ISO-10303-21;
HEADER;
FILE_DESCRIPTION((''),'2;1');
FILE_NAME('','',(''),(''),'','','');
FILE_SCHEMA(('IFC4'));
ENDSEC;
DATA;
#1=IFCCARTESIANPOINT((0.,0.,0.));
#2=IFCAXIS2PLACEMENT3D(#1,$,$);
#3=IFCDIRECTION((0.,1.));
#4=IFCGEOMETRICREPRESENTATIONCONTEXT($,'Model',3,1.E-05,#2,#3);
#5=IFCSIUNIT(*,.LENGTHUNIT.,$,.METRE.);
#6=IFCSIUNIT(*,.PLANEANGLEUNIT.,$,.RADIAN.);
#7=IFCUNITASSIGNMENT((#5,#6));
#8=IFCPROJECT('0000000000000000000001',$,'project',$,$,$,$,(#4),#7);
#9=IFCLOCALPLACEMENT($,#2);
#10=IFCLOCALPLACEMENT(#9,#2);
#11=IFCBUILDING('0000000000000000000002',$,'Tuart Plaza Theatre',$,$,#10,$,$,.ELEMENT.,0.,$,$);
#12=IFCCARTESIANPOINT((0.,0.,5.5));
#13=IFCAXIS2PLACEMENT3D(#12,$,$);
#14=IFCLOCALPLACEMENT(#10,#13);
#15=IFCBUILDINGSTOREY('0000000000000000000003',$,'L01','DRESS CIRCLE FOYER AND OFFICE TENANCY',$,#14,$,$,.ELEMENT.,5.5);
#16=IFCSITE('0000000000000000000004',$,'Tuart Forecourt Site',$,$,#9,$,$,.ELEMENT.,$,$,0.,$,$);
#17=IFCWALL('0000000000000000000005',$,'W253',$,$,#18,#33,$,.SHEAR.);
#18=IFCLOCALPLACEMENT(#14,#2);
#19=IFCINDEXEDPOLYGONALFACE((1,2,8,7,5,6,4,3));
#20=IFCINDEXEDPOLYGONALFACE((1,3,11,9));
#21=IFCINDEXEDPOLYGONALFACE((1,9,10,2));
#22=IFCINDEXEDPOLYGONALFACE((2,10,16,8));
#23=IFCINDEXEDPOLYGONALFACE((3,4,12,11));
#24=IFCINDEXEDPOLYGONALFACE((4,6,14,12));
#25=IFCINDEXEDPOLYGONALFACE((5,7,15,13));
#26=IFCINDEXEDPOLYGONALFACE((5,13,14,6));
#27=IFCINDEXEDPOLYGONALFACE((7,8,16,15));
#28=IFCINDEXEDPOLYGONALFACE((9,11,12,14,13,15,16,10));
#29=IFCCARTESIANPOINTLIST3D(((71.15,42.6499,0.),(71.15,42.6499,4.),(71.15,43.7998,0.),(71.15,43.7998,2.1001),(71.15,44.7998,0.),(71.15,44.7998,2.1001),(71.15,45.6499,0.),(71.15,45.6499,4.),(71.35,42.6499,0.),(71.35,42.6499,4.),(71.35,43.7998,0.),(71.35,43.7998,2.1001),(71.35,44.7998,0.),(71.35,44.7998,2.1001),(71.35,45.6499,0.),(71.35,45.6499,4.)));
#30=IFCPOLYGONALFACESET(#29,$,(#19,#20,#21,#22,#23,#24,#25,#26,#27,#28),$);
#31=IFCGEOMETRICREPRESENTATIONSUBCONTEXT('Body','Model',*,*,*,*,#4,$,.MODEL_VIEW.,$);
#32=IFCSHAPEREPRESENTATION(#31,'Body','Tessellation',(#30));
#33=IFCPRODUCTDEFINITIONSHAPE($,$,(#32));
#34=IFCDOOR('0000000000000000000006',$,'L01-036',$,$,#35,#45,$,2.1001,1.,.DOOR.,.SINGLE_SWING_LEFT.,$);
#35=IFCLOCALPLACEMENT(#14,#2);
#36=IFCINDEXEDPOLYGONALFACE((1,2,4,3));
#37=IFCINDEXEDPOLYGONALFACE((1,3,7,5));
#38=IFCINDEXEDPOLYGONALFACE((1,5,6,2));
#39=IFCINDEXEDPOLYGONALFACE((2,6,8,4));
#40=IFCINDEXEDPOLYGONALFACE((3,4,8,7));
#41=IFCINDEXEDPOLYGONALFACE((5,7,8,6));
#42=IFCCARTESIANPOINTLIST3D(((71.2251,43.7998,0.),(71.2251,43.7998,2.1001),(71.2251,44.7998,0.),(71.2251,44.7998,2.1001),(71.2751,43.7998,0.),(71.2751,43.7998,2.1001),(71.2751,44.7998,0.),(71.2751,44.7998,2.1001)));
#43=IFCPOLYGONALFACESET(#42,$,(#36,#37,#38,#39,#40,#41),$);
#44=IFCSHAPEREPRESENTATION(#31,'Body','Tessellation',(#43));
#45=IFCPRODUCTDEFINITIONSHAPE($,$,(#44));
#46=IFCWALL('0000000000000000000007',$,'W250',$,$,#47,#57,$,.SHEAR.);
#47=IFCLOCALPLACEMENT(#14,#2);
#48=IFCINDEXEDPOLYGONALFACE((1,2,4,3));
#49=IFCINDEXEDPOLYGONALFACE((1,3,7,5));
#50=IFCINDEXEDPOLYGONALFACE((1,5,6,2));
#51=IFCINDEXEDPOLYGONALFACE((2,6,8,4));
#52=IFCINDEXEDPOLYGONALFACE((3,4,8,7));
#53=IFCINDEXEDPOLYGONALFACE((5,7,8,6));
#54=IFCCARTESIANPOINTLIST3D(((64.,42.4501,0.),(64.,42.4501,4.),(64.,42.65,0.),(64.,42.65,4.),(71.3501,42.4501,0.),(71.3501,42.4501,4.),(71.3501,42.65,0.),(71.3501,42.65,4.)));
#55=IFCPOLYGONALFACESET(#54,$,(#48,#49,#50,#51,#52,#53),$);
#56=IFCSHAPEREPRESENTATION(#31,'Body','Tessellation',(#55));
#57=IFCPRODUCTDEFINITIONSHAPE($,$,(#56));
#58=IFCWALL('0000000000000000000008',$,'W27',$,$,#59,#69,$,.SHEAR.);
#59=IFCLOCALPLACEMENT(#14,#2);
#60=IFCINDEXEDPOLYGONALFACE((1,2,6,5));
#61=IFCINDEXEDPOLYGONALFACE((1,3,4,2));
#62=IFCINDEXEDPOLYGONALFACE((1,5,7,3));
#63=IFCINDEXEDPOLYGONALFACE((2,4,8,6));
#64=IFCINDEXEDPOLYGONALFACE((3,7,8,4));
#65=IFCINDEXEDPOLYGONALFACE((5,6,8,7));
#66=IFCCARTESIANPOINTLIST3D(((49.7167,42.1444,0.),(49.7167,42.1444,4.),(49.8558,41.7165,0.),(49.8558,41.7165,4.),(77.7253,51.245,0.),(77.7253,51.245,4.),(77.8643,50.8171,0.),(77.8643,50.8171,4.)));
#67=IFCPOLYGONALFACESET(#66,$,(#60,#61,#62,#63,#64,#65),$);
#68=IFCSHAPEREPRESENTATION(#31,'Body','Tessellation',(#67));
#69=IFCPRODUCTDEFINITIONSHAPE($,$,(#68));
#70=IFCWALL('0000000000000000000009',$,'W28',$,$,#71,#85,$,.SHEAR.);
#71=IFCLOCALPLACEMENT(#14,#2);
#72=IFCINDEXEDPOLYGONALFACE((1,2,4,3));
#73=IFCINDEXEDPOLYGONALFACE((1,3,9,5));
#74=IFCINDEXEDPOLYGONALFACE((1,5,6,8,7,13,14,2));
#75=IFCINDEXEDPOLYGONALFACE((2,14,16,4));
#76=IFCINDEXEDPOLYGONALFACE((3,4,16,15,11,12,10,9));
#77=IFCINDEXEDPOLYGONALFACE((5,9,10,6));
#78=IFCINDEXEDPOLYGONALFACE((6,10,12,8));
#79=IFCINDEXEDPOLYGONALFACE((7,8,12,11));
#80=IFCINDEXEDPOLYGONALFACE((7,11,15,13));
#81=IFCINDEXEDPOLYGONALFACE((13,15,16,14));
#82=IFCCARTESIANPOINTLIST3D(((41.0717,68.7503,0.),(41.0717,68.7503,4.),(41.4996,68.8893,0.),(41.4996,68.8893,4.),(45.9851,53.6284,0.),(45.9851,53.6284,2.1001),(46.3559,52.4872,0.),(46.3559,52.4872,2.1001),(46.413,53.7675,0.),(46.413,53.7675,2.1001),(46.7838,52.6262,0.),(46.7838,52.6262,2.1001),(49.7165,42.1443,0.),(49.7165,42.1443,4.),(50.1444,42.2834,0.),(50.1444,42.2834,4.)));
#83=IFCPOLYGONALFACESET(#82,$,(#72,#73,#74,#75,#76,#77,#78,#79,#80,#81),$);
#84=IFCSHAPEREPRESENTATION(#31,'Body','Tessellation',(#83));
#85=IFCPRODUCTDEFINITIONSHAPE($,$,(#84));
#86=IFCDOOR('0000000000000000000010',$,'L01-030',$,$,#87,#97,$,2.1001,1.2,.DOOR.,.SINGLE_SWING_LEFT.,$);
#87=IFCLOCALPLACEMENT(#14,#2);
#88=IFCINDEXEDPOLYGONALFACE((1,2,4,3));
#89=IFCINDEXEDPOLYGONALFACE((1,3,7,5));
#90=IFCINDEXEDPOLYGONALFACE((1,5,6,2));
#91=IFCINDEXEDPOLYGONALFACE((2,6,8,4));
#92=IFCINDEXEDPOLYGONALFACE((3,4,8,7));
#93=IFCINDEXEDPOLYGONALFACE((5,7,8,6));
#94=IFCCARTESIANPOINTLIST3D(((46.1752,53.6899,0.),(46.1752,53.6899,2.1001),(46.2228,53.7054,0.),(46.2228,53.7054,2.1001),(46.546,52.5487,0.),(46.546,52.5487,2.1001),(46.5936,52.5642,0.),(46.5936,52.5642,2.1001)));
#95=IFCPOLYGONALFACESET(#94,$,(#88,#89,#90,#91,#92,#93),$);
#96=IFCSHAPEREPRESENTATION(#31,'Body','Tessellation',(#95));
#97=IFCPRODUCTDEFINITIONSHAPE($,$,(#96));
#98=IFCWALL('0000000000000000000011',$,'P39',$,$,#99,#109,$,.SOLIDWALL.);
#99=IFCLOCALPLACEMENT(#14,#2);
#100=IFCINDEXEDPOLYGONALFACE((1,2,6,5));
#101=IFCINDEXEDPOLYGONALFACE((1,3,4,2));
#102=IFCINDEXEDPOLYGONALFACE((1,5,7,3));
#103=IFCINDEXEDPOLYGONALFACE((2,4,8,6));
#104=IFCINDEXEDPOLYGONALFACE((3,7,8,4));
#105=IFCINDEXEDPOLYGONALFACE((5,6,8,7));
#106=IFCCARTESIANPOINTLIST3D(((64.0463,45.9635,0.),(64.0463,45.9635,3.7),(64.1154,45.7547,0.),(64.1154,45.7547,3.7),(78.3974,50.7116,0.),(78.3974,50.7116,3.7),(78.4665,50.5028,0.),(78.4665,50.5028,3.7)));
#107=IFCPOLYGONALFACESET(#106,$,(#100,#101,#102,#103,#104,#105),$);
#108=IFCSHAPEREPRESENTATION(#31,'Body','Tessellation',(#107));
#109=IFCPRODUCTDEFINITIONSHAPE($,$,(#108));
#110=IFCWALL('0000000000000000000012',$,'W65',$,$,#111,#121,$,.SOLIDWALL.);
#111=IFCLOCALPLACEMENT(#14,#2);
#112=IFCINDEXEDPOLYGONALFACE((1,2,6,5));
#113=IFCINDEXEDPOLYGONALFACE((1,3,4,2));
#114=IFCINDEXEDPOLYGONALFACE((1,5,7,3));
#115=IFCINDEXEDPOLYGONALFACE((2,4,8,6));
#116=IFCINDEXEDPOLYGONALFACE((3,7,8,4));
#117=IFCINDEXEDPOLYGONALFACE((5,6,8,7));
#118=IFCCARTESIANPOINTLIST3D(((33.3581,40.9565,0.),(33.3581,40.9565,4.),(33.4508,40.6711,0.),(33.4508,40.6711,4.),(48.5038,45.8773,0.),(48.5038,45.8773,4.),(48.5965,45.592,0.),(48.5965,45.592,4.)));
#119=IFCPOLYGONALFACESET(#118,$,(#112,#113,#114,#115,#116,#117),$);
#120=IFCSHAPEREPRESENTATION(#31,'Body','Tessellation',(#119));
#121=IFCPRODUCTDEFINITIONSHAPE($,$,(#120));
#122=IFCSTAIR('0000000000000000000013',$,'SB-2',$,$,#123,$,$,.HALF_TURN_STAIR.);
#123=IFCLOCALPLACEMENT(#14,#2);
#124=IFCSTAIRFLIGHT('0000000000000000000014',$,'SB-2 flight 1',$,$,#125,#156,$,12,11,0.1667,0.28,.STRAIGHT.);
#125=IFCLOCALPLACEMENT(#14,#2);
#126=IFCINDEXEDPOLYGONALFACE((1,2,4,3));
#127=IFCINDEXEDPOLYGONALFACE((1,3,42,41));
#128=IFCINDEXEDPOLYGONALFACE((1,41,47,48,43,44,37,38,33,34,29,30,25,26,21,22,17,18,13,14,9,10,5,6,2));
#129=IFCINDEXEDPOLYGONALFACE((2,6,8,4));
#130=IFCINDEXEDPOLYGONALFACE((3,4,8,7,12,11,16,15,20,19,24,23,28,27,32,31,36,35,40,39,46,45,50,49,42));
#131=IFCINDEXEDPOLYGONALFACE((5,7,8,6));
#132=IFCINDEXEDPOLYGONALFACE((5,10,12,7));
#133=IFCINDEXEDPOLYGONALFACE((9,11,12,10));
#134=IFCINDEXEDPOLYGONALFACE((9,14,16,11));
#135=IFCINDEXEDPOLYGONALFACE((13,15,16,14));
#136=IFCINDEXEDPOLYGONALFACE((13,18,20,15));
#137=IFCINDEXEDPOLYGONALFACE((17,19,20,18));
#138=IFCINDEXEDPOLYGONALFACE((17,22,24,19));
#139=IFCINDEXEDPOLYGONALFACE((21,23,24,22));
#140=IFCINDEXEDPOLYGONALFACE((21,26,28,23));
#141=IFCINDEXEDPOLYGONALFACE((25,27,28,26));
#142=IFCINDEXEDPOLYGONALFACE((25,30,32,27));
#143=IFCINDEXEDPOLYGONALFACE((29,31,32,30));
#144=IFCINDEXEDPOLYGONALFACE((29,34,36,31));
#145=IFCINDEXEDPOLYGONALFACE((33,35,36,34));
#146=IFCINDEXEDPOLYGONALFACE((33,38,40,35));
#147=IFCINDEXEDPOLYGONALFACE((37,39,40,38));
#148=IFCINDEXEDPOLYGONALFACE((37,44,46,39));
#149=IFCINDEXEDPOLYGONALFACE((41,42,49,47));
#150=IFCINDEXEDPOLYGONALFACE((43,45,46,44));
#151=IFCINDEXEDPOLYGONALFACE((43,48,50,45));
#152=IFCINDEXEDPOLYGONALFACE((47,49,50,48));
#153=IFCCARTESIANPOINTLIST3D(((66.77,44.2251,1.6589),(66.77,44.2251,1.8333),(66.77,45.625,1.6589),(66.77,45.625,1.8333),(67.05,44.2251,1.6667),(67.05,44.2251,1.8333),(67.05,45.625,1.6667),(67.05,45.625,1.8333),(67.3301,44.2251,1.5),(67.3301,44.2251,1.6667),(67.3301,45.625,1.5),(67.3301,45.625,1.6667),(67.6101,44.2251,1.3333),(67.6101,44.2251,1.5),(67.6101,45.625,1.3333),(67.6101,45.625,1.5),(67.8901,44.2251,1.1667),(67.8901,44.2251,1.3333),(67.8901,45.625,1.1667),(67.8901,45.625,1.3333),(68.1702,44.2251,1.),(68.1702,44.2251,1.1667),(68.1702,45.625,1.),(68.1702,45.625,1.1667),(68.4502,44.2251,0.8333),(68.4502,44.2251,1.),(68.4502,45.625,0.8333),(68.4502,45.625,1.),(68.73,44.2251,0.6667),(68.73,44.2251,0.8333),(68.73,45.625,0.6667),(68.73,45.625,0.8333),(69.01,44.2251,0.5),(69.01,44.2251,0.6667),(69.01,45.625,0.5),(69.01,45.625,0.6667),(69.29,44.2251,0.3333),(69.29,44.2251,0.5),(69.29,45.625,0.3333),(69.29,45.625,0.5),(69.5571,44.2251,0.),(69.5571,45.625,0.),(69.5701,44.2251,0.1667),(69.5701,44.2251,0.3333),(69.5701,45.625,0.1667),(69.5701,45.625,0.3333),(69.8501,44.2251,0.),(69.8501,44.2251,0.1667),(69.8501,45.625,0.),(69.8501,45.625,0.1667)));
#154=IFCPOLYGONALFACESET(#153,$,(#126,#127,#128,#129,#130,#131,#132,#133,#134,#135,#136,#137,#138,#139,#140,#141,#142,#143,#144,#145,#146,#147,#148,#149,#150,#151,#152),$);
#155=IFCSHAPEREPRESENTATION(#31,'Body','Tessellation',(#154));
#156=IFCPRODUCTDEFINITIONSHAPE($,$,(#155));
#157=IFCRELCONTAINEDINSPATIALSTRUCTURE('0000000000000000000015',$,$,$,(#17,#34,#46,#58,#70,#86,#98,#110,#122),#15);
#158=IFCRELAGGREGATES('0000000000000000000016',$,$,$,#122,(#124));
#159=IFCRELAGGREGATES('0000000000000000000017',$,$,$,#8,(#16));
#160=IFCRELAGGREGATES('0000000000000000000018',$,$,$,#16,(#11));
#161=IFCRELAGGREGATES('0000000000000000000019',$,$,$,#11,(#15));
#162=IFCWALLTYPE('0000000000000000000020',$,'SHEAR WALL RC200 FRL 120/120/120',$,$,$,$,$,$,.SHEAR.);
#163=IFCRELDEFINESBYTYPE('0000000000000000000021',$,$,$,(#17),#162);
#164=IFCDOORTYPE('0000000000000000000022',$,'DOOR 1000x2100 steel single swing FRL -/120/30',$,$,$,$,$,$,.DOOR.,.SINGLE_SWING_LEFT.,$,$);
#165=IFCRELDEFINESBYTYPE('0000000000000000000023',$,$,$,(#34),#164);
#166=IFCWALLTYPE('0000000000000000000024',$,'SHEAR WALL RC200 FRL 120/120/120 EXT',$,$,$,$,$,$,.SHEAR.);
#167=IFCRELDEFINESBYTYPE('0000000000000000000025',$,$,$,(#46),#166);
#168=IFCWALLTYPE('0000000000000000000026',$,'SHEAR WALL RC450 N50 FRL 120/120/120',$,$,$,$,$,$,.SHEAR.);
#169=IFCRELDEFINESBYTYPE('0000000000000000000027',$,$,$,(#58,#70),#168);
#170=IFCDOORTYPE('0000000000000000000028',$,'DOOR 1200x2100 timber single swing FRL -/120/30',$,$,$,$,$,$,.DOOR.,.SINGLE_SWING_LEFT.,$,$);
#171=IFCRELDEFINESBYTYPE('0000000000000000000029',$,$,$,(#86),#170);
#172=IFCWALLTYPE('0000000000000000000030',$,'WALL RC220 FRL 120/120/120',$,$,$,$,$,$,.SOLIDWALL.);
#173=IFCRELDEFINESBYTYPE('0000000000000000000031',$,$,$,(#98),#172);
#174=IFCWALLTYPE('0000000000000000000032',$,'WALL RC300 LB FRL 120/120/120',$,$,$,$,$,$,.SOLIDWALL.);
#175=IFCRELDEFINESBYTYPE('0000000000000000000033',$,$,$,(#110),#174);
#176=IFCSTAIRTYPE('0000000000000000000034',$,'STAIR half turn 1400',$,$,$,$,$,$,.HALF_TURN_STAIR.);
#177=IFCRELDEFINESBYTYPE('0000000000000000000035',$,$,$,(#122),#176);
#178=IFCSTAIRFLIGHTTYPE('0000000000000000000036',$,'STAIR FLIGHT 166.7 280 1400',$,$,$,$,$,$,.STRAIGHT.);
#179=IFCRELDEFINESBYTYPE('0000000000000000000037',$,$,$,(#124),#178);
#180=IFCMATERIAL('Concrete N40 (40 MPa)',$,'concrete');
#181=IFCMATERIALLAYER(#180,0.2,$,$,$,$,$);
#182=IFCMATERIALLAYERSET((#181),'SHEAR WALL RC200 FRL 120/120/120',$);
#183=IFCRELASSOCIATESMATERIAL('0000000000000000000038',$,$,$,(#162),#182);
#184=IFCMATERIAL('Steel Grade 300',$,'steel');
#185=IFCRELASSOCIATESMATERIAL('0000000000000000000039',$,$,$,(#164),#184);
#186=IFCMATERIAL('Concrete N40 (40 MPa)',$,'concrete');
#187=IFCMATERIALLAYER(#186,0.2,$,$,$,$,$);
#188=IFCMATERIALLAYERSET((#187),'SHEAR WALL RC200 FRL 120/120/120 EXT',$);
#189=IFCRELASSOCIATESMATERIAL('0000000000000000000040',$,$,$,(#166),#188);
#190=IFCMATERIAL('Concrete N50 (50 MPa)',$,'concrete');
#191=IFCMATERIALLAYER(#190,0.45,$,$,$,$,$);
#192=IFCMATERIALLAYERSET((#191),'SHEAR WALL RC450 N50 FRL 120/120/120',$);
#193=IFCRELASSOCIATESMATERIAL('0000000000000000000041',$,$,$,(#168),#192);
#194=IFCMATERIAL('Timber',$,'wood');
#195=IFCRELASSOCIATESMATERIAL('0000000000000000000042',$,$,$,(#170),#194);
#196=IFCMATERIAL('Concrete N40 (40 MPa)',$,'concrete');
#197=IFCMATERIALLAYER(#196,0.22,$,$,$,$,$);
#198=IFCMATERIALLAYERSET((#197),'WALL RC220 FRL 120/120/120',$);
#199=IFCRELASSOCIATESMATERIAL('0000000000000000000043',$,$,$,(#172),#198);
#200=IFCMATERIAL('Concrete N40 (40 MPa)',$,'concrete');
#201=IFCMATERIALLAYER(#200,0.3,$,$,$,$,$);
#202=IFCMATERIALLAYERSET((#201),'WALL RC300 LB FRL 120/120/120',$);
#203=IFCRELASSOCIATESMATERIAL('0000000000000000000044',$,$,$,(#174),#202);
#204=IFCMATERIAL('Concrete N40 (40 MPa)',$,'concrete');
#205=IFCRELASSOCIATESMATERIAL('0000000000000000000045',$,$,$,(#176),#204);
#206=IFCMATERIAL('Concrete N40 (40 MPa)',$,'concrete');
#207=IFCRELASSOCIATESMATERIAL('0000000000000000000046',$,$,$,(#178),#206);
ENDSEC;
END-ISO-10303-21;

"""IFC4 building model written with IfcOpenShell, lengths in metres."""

from ifc_helpers import new_model, si_unit, direction, frame, frame_2d, origin, place, context, subcontext, project, spatial, polyline, rectangle, outline, extrude, material, layer, layer_set, type_object, element, fill, aggregate, save


model = new_model("IFC4")

# Units and contexts
model_context = context("Model", 3, precision=1e-05, world=origin(), true_north=direction((0.0, 1.0)))
body_context = subcontext(model_context, "Body", "Model", "MODEL_VIEW")
ifc_project = project(units=[si_unit("LENGTHUNIT", "METRE"), si_unit("PLANEANGLEUNIT", "RADIAN")], contexts=[model_context])

# Site, building, storey
site_placement = place(None, origin())
site = spatial("IfcSite", under=ifc_project, at=site_placement, Name="Tuart Forecourt Site", CompositionType="ELEMENT", RefElevation=0.0)
building_placement = place(site_placement, origin())
building = spatial("IfcBuilding", under=site, at=building_placement, Name="Tuart Plaza Theatre", CompositionType="ELEMENT", ElevationOfRefHeight=0.0)
storey_placement = place(building_placement, frame((0.0, 0.0, 5.5)))
storey = spatial("IfcBuildingStorey", under=building, at=storey_placement, Name="L01", Description="DRESS CIRCLE FOYER AND OFFICE TENANCY", CompositionType="ELEMENT", Elevation=5.5)

# Shared definitions
ifc_material_1 = material(Name="Concrete N40 (40 MPa)", Category="concrete")
ifc_layer_1 = layer(ifc_material_1, 0.2)
ifc_layer_set_1 = layer_set([ifc_layer_1], Name="SHEAR WALL RC200 FRL 120/120/120")
wall_type_1 = type_object("IfcWallType", Name="SHEAR WALL RC200 FRL 120/120/120", PredefinedType="SHEAR", material=ifc_layer_set_1)

# Wall, opening, door
wall_1_placement = place(storey_placement, frame((71.25, 42.6499, 0.0), z_axis=(0.0, 0.0, 1.0), x_axis=(0.0, 1.0, 0.0)))
wall_1 = element("IfcWall", 1, at=wall_1_placement, inside=storey, type_object=wall_type_1, Name="W253", PredefinedType="SHEAR", context=body_context, shape_type="SweptSolid", body=[
    extrude(rectangle(XDim=3.0, YDim=0.2, at=frame_2d((1.5, 0.0))), origin(), (0.0, 0.0, 1.0), 4.0),
])
opening_1_placement = place(wall_1_placement, frame((1.1499, 0.0, 0.0)))
opening_1 = element("IfcOpeningElement", 2, at=opening_1_placement, cuts=wall_1, PredefinedType="OPENING", context=body_context, shape_type="SweptSolid", body=[
    extrude(rectangle(XDim=1.0, YDim=2.1001, at=frame_2d((0.5, 1.05))), frame((0.0, 0.1099, 0.0), z_axis=(0.0, -1.0, 0.0), x_axis=(1.0, 0.0, 0.0)), (0.0, 0.0, 1.0), 0.22),
])
ifc_material_2 = material(Name="Steel Grade 300", Category="steel")
door_type_1 = type_object("IfcDoorType", Name="DOOR 1000x2100 steel single swing FRL -/120/30", OperationType="SINGLE_SWING_LEFT", PredefinedType="DOOR", material=ifc_material_2)
door_1_placement = place(opening_1_placement, origin())
door_1 = element("IfcDoor", 3, at=door_1_placement, inside=storey, type_object=door_type_1, Name="L01-036", OperationType="SINGLE_SWING_LEFT", OverallHeight=2.1001, OverallWidth=1.0, PredefinedType="DOOR", context=body_context, shape_type="SweptSolid", body=[
    extrude(rectangle(XDim=1.0, YDim=2.1001, at=frame_2d((0.5, 1.05))), frame((0.0, 0.0249, 0.0), z_axis=(0.0, -1.0, 0.0), x_axis=(1.0, 0.0, 0.0)), (0.0, 0.0, 1.0), 0.05),
])
fill(opening_1, door_1)

# Walls
ifc_material_3 = material(Name="Concrete N40 (40 MPa)", Category="concrete")
ifc_layer_2 = layer(ifc_material_3, 0.2)
ifc_layer_set_2 = layer_set([ifc_layer_2], Name="SHEAR WALL RC200 FRL 120/120/120 EXT")
wall_type_2 = type_object("IfcWallType", Name="SHEAR WALL RC200 FRL 120/120/120 EXT", PredefinedType="SHEAR", material=ifc_layer_set_2)
wall_2_placement = place(storey_placement, frame((64.0, 42.55, 0.0), z_axis=(0.0, 0.0, 1.0), x_axis=(1.0, 0.0, 0.0)))
element("IfcWall", 4, at=wall_2_placement, inside=storey, type_object=wall_type_2, Name="W250", PredefinedType="SHEAR", context=body_context, shape_type="SweptSolid", body=[
    extrude(rectangle(XDim=7.3501, YDim=0.2, at=frame_2d((3.675, 0.0))), origin(), (0.0, 0.0, 1.0), 4.0),
])
ifc_material_4 = material(Name="Concrete N50 (50 MPa)", Category="concrete")
ifc_layer_3 = layer(ifc_material_4, 0.45)
ifc_layer_set_3 = layer_set([ifc_layer_3], Name="SHEAR WALL RC450 N50 FRL 120/120/120")
wall_type_3 = type_object("IfcWallType", Name="SHEAR WALL RC450 N50 FRL 120/120/120", PredefinedType="SHEAR", material=ifc_layer_set_3)
wall_3_placement = place(storey_placement, frame((49.7861, 41.9304, 0.0), z_axis=(0.0, 0.0, 1.0), x_axis=(0.951056, 0.309019, 0.0)))
element("IfcWall", 5, at=wall_3_placement, inside=storey, type_object=wall_type_3, Name="W27", PredefinedType="SHEAR", context=body_context, shape_type="SweptSolid", body=[
    extrude(rectangle(XDim=29.45, YDim=0.45, at=frame_2d((14.7251, 0.0))), origin(), (0.0, 0.0, 1.0), 4.0),
])

# Wall, opening, door
wall_4_placement = place(storey_placement, frame((49.9304, 42.2139, 0.0), z_axis=(0.0, 0.0, 1.0), x_axis=(-0.309016, 0.951057, 0.0)))
wall_4 = element("IfcWall", 6, at=wall_4_placement, inside=storey, type_object=wall_type_3, Name="W28", PredefinedType="SHEAR", context=body_context, shape_type="SweptSolid", body=[
    extrude(rectangle(XDim=27.9751, YDim=0.45, at=frame_2d((13.9875, 0.0))), origin(), (0.0, 0.0, 1.0), 4.0),
])
opening_2_placement = place(wall_4_placement, frame((10.875, 0.0, 0.0)))
opening_2 = element("IfcOpeningElement", 7, at=opening_2_placement, cuts=wall_4, PredefinedType="OPENING", context=body_context, shape_type="SweptSolid", body=[
    extrude(rectangle(XDim=1.2, YDim=2.1001, at=frame_2d((0.6001, 1.05))), frame((0.0, 0.2349, 0.0), z_axis=(0.0, -1.0, 0.0), x_axis=(1.0, 0.0, 0.0)), (0.0, 0.0, 1.0), 0.47),
])
ifc_material_5 = material(Name="Timber", Category="wood")
door_type_2 = type_object("IfcDoorType", Name="DOOR 1200x2100 timber single swing FRL -/120/30", OperationType="SINGLE_SWING_LEFT", PredefinedType="DOOR", material=ifc_material_5)
door_2_placement = place(opening_2_placement, frame((1.2, 0.0, 0.0), z_axis=(0.0, 0.0, 1.0), x_axis=(-1.0, 0.0, 0.0)))
door_2 = element("IfcDoor", 8, at=door_2_placement, inside=storey, type_object=door_type_2, Name="L01-030", OperationType="SINGLE_SWING_LEFT", OverallHeight=2.1001, OverallWidth=1.2, PredefinedType="DOOR", context=body_context, shape_type="SweptSolid", body=[
    extrude(rectangle(XDim=1.2, YDim=2.1001, at=frame_2d((0.6001, 1.05))), frame((0.0, 0.0249, 0.0), z_axis=(0.0, -1.0, 0.0), x_axis=(1.0, 0.0, 0.0)), (0.0, 0.0, 1.0), 0.05),
])
fill(opening_2, door_2)

# Walls
ifc_material_6 = material(Name="Concrete N40 (40 MPa)", Category="concrete")
ifc_layer_4 = layer(ifc_material_6, 0.22)
ifc_layer_set_4 = layer_set([ifc_layer_4], Name="WALL RC220 FRL 120/120/120")
wall_type_4 = type_object("IfcWallType", Name="WALL RC220 FRL 120/120/120", PredefinedType="SOLIDWALL", material=ifc_layer_set_4)
wall_5_placement = place(storey_placement, frame((64.0808, 45.8591, 0.0), z_axis=(0.0, 0.0, 1.0), x_axis=(0.949388, 0.314105, 0.0)))
element("IfcWall", 9, at=wall_5_placement, inside=storey, type_object=wall_type_4, Name="P39", PredefinedType="SOLIDWALL", context=body_context, shape_type="SweptSolid", body=[
    extrude(rectangle(XDim=15.1162, YDim=0.22, at=frame_2d((7.5581, 0.0))), origin(), (0.0, 0.0, 1.0), 3.7),
])
ifc_material_7 = material(Name="Concrete N40 (40 MPa)", Category="concrete")
ifc_layer_5 = layer(ifc_material_7, 0.3)
ifc_layer_set_5 = layer_set([ifc_layer_5], Name="WALL RC300 LB FRL 120/120/120")
wall_type_5 = type_object("IfcWallType", Name="WALL RC300 LB FRL 120/120/120", PredefinedType="SOLIDWALL", material=ifc_layer_set_5)
wall_6_placement = place(storey_placement, frame((48.55, 45.7346, 0.0), z_axis=(0.0, 0.0, 1.0), x_axis=(-0.951061, -0.309003, 0.0)))
element("IfcWall", 10, at=wall_6_placement, inside=storey, type_object=wall_type_5, Name="W65", PredefinedType="SOLIDWALL", context=body_context, shape_type="SweptSolid", body=[
    extrude(rectangle(XDim=15.925, YDim=0.3, at=frame_2d((7.9624, 0.0))), origin(), (0.0, 0.0, 1.0), 4.0),
])

# Stair, stair flight
ifc_material_8 = material(Name="Concrete N40 (40 MPa)", Category="concrete")
stair_type = type_object("IfcStairType", Name="STAIR half turn 1400", PredefinedType="HALF_TURN_STAIR", material=ifc_material_8)
stair_placement = place(storey_placement, origin())
stair = element("IfcStair", 11, at=stair_placement, inside=storey, type_object=stair_type, Name="SB-2", PredefinedType="HALF_TURN_STAIR")
ifc_material_9 = material(Name="Concrete N40 (40 MPa)", Category="concrete")
stair_flight_type = type_object("IfcStairFlightType", Name="STAIR FLIGHT 166.7 280 1400", PredefinedType="STRAIGHT", material=ifc_material_9)
stair_flight_1_placement = place(storey_placement, frame((69.8501, 44.925, 0.0), z_axis=(0.0, 0.0, 1.0), x_axis=(-1.0, 0.0, 0.0)))
stair_flight_1 = element("IfcStairFlight", 12, at=stair_flight_1_placement, type_object=stair_flight_type, Name="SB-2 flight 1", NumberOfRisers=12, NumberOfTreads=11, PredefinedType="STRAIGHT", RiserHeight=0.1667, TreadLength=0.28, context=body_context, shape_type="SweptSolid", body=[
    extrude(outline(polyline([(0.0, 0.0), (0.0, 0.1667), (0.28, 0.1667), (0.28, 0.3333), (0.5601, 0.3333), (0.5601, 0.5), (0.8401, 0.5), (0.8401, 0.6667), (1.1201, 0.6667), (1.1201, 0.8333), (1.3999, 0.8333), (1.3999, 1.0), (1.6799, 1.0), (1.6799, 1.1667), (1.96, 1.1667), (1.96, 1.3333), (2.24, 1.3333), (2.24, 1.5), (2.52, 1.5), (2.52, 1.6667), (2.8, 1.6667), (2.8, 1.8333), (3.0801, 1.8333), (3.0801, 2.0), (3.0801, 1.6589), (0.293, 0.0), (0.0, 0.0)])), frame((0.0, 0.7, 0.0), z_axis=(0.0, -1.0, 0.0), x_axis=(1.0, 0.0, 0.0)), (0.0, 0.0, 1.0), 1.3999),
])
aggregate(stair, [stair_flight_1])

save(model, "model.ifc")
